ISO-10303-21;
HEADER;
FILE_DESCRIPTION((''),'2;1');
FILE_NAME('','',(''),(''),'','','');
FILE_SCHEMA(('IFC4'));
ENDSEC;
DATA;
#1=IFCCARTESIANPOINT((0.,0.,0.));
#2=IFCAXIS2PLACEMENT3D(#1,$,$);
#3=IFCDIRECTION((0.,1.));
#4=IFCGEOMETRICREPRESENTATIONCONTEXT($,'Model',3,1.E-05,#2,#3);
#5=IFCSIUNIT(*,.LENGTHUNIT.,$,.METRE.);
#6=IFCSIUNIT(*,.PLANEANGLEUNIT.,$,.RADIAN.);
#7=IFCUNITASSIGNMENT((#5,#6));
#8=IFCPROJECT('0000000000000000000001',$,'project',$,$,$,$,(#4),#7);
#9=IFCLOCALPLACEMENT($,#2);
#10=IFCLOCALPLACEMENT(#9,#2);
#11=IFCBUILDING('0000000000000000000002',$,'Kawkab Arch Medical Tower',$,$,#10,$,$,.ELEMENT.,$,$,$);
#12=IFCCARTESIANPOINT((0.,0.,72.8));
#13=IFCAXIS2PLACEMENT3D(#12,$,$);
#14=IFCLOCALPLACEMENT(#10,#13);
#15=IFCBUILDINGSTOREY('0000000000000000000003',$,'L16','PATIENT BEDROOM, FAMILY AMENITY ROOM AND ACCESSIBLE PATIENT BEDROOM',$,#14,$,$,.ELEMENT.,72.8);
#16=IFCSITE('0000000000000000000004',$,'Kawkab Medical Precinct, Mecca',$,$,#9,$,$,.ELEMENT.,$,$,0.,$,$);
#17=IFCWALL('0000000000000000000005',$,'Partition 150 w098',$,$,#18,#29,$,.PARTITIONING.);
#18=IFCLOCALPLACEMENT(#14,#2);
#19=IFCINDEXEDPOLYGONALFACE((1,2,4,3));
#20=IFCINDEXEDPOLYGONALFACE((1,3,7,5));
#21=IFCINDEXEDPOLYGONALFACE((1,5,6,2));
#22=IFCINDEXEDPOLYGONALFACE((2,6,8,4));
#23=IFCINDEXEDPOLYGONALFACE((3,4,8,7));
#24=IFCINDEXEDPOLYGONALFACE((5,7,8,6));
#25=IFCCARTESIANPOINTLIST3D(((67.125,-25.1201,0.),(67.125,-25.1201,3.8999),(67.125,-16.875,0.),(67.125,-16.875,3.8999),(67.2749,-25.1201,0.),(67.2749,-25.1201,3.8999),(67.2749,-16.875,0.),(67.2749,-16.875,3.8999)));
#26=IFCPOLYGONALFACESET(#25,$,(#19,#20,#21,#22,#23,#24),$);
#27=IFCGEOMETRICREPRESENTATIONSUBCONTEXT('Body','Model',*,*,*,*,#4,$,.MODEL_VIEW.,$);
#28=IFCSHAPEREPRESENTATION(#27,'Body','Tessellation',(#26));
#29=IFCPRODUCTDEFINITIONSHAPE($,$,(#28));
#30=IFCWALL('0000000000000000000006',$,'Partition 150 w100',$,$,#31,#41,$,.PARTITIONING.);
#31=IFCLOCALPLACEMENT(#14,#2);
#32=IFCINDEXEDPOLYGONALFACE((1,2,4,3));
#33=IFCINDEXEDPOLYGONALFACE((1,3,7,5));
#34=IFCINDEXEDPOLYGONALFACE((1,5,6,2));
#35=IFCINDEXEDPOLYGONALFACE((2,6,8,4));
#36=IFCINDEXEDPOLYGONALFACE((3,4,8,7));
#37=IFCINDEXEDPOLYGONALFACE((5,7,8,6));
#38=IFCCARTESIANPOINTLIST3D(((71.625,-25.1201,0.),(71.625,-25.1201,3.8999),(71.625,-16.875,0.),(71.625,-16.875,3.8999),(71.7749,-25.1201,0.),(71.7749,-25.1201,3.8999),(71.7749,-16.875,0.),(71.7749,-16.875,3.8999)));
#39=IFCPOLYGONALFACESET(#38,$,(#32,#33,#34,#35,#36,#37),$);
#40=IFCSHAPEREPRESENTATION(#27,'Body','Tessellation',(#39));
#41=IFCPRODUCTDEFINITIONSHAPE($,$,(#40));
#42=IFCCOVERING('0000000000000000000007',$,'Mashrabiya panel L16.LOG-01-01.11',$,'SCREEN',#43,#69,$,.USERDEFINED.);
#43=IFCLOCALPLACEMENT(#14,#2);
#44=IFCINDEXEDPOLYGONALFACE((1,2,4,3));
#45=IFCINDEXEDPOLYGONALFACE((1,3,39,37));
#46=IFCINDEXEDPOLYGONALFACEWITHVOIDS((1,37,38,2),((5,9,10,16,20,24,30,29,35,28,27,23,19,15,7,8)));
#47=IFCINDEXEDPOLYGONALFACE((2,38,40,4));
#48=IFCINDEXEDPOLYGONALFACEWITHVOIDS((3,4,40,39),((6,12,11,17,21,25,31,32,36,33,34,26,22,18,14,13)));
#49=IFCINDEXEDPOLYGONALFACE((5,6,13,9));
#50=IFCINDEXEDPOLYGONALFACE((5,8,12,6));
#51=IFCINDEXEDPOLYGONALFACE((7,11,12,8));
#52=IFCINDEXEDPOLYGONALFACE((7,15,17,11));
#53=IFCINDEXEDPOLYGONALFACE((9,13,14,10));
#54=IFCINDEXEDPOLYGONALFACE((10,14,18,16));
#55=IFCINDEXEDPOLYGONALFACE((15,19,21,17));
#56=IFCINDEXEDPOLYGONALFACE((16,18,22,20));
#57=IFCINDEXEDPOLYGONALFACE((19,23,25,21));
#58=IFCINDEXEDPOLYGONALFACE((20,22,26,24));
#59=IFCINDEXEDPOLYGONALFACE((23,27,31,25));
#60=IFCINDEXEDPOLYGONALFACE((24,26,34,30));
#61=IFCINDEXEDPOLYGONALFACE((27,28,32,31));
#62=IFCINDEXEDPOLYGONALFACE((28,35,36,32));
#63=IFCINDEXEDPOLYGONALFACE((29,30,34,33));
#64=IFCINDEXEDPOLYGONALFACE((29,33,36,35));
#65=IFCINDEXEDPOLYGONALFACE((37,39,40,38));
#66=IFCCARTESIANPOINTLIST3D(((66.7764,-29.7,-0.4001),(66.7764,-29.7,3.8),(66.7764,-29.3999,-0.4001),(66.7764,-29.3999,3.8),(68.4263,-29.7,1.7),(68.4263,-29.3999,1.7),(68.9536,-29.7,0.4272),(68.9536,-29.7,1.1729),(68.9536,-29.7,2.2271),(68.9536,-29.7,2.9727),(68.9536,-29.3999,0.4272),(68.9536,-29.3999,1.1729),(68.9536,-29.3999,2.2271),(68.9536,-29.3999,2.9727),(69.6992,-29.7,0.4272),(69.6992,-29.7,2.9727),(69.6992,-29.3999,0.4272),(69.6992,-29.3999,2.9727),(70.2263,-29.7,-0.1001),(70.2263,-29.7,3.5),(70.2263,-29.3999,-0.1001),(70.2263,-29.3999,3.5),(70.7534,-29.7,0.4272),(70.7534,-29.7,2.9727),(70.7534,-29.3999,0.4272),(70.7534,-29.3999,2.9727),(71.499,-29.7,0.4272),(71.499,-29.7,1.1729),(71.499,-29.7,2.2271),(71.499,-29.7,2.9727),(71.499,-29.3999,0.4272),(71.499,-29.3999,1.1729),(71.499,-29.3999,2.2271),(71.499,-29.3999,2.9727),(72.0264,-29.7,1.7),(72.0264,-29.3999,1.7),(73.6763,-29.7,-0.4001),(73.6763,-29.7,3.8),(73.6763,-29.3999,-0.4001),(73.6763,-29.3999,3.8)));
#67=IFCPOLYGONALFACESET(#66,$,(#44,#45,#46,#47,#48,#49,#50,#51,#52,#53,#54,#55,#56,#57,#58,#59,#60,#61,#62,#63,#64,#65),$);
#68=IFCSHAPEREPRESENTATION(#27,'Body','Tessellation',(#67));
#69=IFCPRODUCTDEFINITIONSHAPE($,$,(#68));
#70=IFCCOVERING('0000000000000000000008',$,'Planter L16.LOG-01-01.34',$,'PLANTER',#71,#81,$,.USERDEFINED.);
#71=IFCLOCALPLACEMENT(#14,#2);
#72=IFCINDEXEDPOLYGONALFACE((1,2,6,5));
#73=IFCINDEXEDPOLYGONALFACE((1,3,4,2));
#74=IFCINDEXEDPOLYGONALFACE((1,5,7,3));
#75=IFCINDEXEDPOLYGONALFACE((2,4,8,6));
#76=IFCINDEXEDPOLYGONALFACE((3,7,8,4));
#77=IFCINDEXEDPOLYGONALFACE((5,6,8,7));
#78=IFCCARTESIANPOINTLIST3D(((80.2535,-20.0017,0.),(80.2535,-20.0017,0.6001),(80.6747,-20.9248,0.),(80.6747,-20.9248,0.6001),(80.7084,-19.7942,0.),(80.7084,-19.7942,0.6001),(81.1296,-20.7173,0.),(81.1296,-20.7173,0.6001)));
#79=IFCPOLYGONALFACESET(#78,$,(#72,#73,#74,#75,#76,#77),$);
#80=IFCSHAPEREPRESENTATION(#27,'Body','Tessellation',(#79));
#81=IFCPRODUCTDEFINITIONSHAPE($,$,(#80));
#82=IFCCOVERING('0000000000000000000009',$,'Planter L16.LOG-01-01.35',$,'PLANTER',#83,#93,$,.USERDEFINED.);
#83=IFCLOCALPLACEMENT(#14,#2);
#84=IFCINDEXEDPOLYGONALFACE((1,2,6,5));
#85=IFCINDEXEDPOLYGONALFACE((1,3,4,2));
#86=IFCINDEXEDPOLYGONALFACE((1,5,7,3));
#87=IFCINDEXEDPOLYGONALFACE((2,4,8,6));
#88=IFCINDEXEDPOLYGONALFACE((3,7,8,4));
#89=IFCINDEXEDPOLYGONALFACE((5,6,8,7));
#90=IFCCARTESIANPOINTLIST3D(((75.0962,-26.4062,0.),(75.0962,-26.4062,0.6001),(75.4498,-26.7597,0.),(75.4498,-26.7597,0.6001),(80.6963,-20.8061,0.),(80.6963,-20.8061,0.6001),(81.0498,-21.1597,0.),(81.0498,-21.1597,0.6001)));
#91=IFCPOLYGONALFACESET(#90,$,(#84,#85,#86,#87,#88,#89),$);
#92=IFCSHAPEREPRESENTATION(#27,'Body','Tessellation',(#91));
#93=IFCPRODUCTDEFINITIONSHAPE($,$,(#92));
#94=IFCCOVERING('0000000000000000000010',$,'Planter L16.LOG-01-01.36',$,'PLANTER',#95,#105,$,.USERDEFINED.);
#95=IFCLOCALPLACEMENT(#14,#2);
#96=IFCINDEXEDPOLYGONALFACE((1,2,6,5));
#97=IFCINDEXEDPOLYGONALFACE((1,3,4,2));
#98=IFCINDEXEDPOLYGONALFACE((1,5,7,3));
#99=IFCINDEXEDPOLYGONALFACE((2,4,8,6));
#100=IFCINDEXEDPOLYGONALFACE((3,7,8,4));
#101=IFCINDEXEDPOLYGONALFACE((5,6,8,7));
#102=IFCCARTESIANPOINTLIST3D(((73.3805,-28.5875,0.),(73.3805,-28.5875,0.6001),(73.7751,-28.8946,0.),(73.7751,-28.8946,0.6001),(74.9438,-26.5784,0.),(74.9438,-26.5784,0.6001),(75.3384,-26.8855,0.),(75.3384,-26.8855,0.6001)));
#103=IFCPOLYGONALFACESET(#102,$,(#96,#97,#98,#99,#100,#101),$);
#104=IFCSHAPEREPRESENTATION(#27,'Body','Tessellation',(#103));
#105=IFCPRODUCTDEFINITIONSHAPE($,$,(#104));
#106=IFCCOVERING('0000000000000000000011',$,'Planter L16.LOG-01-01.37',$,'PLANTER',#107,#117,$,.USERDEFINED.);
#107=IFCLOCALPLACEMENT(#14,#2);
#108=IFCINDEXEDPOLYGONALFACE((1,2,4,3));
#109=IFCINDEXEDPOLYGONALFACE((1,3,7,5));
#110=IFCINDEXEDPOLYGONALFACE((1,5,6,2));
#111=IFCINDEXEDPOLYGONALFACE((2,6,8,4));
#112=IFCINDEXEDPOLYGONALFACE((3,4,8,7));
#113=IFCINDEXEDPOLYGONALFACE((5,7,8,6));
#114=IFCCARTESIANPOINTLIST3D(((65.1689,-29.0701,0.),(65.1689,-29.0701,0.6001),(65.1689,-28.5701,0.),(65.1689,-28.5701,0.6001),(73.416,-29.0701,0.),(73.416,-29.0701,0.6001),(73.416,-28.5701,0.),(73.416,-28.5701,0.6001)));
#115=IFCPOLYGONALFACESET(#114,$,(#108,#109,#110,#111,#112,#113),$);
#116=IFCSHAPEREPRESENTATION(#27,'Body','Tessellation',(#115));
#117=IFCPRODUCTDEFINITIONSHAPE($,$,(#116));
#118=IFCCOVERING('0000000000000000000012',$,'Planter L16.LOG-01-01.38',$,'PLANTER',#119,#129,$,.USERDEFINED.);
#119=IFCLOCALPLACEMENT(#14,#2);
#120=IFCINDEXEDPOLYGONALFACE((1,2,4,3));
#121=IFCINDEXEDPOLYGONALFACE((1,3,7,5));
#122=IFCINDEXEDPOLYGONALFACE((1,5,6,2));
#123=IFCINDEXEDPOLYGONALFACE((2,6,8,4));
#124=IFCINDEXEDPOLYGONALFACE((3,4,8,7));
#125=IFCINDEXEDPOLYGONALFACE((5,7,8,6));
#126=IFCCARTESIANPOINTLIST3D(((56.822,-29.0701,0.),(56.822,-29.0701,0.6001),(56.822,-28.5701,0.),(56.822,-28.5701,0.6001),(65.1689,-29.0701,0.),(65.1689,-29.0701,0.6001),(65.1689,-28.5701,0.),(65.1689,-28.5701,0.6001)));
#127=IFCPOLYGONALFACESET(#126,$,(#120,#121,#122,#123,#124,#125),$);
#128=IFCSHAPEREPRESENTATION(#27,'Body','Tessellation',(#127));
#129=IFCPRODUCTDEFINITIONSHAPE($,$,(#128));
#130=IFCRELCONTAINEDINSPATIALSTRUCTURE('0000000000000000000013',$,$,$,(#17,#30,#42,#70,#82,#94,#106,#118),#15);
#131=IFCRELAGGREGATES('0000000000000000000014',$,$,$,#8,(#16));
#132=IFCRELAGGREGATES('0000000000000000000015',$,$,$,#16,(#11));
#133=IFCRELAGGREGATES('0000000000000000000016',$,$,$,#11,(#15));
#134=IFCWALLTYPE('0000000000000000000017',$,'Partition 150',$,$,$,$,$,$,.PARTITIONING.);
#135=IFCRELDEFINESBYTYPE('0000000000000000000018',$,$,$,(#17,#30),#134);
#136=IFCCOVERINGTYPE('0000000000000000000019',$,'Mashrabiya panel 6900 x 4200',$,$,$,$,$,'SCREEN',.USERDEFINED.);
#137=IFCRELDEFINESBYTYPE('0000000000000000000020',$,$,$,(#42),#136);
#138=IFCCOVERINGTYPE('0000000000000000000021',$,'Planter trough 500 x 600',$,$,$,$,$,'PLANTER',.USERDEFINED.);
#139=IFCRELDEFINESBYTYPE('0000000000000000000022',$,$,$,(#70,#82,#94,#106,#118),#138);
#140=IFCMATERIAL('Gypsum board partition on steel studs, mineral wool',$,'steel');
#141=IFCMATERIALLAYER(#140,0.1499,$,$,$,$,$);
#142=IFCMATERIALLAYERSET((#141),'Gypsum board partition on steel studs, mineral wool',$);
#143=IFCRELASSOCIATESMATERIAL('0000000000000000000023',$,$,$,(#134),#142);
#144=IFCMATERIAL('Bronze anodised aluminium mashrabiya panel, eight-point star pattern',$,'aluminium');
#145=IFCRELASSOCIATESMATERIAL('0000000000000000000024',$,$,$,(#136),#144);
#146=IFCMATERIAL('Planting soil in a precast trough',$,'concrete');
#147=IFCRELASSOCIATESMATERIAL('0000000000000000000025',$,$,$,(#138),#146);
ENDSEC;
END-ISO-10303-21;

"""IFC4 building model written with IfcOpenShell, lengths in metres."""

from ifc_helpers import new_model, si_unit, direction, frame, frame_2d, origin, origin_2d, place, context, subcontext, project, spatial, polyline, rectangle, outline, extrude, material, layer, layer_set, material_profile, profile_set, type_object, element, save


model = new_model("IFC4")

# Units and contexts
model_context = context("Model", 3, precision=1e-05, world=origin(), true_north=direction((0.0, 1.0)))
body_context = subcontext(model_context, "Body", "Model", "MODEL_VIEW")
ifc_project = project(units=[si_unit("LENGTHUNIT", "METRE"), si_unit("PLANEANGLEUNIT", "RADIAN")], contexts=[model_context])

# Site, building, storey
site_placement = place(None, origin())
site = spatial("IfcSite", under=ifc_project, at=site_placement, Name="Kawkab Medical Precinct, Mecca", CompositionType="ELEMENT", RefElevation=0.0)
building_placement = place(site_placement, origin())
building = spatial("IfcBuilding", under=site, at=building_placement, Name="Kawkab Arch Medical Tower", CompositionType="ELEMENT")
storey_placement = place(building_placement, frame((0.0, 0.0, 72.8)))
storey = spatial("IfcBuildingStorey", under=building, at=storey_placement, Name="L16", Description="PATIENT BEDROOM, FAMILY AMENITY ROOM AND ACCESSIBLE PATIENT BEDROOM", CompositionType="ELEMENT", Elevation=72.8)

# Walls
ifc_material_1 = material(Name="Gypsum board partition on steel studs, mineral wool", Category="steel")
ifc_layer_1 = layer(ifc_material_1, 0.1499)
ifc_layer_set_1 = layer_set([ifc_layer_1], Name="Gypsum board partition on steel studs, mineral wool")
wall_type_1 = type_object("IfcWallType", Name="Partition 150", PredefinedType="PARTITIONING", material=ifc_layer_set_1)
for number, where, z_axis, x_axis, name in (
    (1, (67.2, -25.1201, 0.0), (0.0, 0.0, 1.0), (0.0, 1.0, 0.0), "Partition 150 w098"),
    (2, (71.7, -25.1201, 0.0), (0.0, 0.0, 1.0), (0.0, 1.0, 0.0), "Partition 150 w100"),
):
    element("IfcWall", number, at=place(storey_placement, frame(where, z_axis=z_axis, x_axis=x_axis)), inside=storey, type_object=wall_type_1, Name=name, PredefinedType="PARTITIONING", context=body_context, shape_type="SweptSolid", body=[
        extrude(rectangle(XDim=8.2451, YDim=0.1499, at=frame_2d((4.1226, 0.0))), origin(), (0.0, 0.0, 1.0), 3.8999),
    ])

# Coverings
ifc_material_2 = material(Name="Bronze anodised aluminium mashrabiya panel, eight-point star pattern", Category="aluminium")
ifc_material_profile_1 = material_profile(ifc_material_2, outline(polyline([(-3.45, -2.1001), (3.45, -2.1001), (3.45, 2.1001), (-3.45, 2.1001), (-3.45, -2.1001)]), holes=[polyline([(1.8, 0.0), (1.2727, 0.5271), (1.2727, 1.2727), (0.5271, 1.2727), (0.0, 1.8), (-0.5271, 1.2727), (-1.2727, 1.2727), (-1.2727, 0.5271), (-1.8, 0.0), (-1.2727, -0.5271), (-1.2727, -1.2727), (-0.5271, -1.2727), (0.0, -1.8), (0.5271, -1.2727), (1.2727, -1.2727), (1.2727, -0.5271), (1.8, 0.0)])]), Name="Mashrabiya panel 6900x4200")
ifc_profile_set_1 = profile_set([ifc_material_profile_1], Name="Bronze anodised aluminium mashrabiya panel, eight-point star pattern")
covering_type_1 = type_object("IfcCoveringType", Name="Mashrabiya panel 6900 x 4200", ElementType="SCREEN", PredefinedType="USERDEFINED", material=ifc_profile_set_1)
covering_1_placement = place(storey_placement, frame((70.2263, -29.3999, 1.7), z_axis=(0.0, -1.0, 0.0), x_axis=(1.0, 0.0, 0.0)))
element("IfcCovering", 3, at=covering_1_placement, inside=storey, type_object=covering_type_1, Name="Mashrabiya panel L16.LOG-01-01.11", ObjectType="SCREEN", PredefinedType="USERDEFINED", context=body_context, shape_type="SweptSolid", body=[
    extrude(outline(polyline([(-3.45, -2.1001), (3.45, -2.1001), (3.45, 2.1001), (-3.45, 2.1001), (-3.45, -2.1001)]), holes=[polyline([(1.8, 0.0), (1.2727, 0.5271), (1.2727, 1.2727), (0.5271, 1.2727), (0.0, 1.8), (-0.5271, 1.2727), (-1.2727, 1.2727), (-1.2727, 0.5271), (-1.8, 0.0), (-1.2727, -0.5271), (-1.2727, -1.2727), (-0.5271, -1.2727), (0.0, -1.8), (0.5271, -1.2727), (1.2727, -1.2727), (1.2727, -0.5271), (1.8, 0.0)])]), origin(), (0.0, 0.0, 1.0), 0.3),
])
ifc_material_3 = material(Name="Planting soil in a precast trough", Category="concrete")
ifc_material_profile_2 = material_profile(ifc_material_3, rectangle(XDim=0.5, YDim=0.6001, at=origin_2d()), Name="Trough 500x600")
ifc_profile_set_2 = profile_set([ifc_material_profile_2], Name="Planting soil in a precast trough")
covering_type_2 = type_object("IfcCoveringType", Name="Planter trough 500 x 600", ElementType="PLANTER", PredefinedType="USERDEFINED", material=ifc_profile_set_2)
covering_2_placement = place(storey_placement, frame((80.481, -19.8979, 0.3), z_axis=(0.415072, -0.909789, 0.0), x_axis=(0.909789, 0.415072, 0.0)))
element("IfcCovering", 4, at=covering_2_placement, inside=storey, type_object=covering_type_2, Name="Planter L16.LOG-01-01.34", ObjectType="PLANTER", PredefinedType="USERDEFINED", context=body_context, shape_type="SweptSolid", body=[
    extrude(rectangle(XDim=0.5, YDim=0.6001, at=origin_2d()), origin(), (0.0, 0.0, 1.0), 1.0146),
])
covering_3_placement = place(storey_placement, frame((80.873, -20.9829, 0.3), z_axis=(-0.707107, -0.707107, 0.0), x_axis=(0.707107, -0.707107, 0.0)))
element("IfcCovering", 5, at=covering_3_placement, inside=storey, type_object=covering_type_2, Name="Planter L16.LOG-01-01.35", ObjectType="PLANTER", PredefinedType="USERDEFINED", context=body_context, shape_type="SweptSolid", body=[
    extrude(rectangle(XDim=0.5, YDim=0.6001, at=origin_2d()), origin(), (0.0, 0.0, 1.0), 7.9197),
])
covering_4_placement = place(storey_placement, frame((75.1411, -26.7319, 0.3), z_axis=(-0.6141, -0.789228, 0.0), x_axis=(0.789228, -0.6141, 0.0)))
element("IfcCovering", 6, at=covering_4_placement, inside=storey, type_object=covering_type_2, Name="Planter L16.LOG-01-01.36", ObjectType="PLANTER", PredefinedType="USERDEFINED", context=body_context, shape_type="SweptSolid", body=[
    extrude(rectangle(XDim=0.5, YDim=0.6001, at=origin_2d()), origin(), (0.0, 0.0, 1.0), 2.5457),
])
covering_5_placement = place(storey_placement, frame((73.416, -28.8201, 0.3), z_axis=(-1.0, 0.0, 0.0), x_axis=(0.0, -1.0, 0.0)))
element("IfcCovering", 7, at=covering_5_placement, inside=storey, type_object=covering_type_2, Name="Planter L16.LOG-01-01.37", ObjectType="PLANTER", PredefinedType="USERDEFINED", context=body_context, shape_type="SweptSolid", body=[
    extrude(rectangle(XDim=0.5, YDim=0.6001, at=origin_2d()), origin(), (0.0, 0.0, 1.0), 8.2471),
])
covering_6_placement = place(storey_placement, frame((65.1689, -28.8201, 0.3), z_axis=(-1.0, 0.0, 0.0), x_axis=(0.0, -1.0, 0.0)))
element("IfcCovering", 8, at=covering_6_placement, inside=storey, type_object=covering_type_2, Name="Planter L16.LOG-01-01.38", ObjectType="PLANTER", PredefinedType="USERDEFINED", context=body_context, shape_type="SweptSolid", body=[
    extrude(rectangle(XDim=0.5, YDim=0.6001, at=origin_2d()), origin(), (0.0, 0.0, 1.0), 8.3469),
])

save(model, "model.ifc")
